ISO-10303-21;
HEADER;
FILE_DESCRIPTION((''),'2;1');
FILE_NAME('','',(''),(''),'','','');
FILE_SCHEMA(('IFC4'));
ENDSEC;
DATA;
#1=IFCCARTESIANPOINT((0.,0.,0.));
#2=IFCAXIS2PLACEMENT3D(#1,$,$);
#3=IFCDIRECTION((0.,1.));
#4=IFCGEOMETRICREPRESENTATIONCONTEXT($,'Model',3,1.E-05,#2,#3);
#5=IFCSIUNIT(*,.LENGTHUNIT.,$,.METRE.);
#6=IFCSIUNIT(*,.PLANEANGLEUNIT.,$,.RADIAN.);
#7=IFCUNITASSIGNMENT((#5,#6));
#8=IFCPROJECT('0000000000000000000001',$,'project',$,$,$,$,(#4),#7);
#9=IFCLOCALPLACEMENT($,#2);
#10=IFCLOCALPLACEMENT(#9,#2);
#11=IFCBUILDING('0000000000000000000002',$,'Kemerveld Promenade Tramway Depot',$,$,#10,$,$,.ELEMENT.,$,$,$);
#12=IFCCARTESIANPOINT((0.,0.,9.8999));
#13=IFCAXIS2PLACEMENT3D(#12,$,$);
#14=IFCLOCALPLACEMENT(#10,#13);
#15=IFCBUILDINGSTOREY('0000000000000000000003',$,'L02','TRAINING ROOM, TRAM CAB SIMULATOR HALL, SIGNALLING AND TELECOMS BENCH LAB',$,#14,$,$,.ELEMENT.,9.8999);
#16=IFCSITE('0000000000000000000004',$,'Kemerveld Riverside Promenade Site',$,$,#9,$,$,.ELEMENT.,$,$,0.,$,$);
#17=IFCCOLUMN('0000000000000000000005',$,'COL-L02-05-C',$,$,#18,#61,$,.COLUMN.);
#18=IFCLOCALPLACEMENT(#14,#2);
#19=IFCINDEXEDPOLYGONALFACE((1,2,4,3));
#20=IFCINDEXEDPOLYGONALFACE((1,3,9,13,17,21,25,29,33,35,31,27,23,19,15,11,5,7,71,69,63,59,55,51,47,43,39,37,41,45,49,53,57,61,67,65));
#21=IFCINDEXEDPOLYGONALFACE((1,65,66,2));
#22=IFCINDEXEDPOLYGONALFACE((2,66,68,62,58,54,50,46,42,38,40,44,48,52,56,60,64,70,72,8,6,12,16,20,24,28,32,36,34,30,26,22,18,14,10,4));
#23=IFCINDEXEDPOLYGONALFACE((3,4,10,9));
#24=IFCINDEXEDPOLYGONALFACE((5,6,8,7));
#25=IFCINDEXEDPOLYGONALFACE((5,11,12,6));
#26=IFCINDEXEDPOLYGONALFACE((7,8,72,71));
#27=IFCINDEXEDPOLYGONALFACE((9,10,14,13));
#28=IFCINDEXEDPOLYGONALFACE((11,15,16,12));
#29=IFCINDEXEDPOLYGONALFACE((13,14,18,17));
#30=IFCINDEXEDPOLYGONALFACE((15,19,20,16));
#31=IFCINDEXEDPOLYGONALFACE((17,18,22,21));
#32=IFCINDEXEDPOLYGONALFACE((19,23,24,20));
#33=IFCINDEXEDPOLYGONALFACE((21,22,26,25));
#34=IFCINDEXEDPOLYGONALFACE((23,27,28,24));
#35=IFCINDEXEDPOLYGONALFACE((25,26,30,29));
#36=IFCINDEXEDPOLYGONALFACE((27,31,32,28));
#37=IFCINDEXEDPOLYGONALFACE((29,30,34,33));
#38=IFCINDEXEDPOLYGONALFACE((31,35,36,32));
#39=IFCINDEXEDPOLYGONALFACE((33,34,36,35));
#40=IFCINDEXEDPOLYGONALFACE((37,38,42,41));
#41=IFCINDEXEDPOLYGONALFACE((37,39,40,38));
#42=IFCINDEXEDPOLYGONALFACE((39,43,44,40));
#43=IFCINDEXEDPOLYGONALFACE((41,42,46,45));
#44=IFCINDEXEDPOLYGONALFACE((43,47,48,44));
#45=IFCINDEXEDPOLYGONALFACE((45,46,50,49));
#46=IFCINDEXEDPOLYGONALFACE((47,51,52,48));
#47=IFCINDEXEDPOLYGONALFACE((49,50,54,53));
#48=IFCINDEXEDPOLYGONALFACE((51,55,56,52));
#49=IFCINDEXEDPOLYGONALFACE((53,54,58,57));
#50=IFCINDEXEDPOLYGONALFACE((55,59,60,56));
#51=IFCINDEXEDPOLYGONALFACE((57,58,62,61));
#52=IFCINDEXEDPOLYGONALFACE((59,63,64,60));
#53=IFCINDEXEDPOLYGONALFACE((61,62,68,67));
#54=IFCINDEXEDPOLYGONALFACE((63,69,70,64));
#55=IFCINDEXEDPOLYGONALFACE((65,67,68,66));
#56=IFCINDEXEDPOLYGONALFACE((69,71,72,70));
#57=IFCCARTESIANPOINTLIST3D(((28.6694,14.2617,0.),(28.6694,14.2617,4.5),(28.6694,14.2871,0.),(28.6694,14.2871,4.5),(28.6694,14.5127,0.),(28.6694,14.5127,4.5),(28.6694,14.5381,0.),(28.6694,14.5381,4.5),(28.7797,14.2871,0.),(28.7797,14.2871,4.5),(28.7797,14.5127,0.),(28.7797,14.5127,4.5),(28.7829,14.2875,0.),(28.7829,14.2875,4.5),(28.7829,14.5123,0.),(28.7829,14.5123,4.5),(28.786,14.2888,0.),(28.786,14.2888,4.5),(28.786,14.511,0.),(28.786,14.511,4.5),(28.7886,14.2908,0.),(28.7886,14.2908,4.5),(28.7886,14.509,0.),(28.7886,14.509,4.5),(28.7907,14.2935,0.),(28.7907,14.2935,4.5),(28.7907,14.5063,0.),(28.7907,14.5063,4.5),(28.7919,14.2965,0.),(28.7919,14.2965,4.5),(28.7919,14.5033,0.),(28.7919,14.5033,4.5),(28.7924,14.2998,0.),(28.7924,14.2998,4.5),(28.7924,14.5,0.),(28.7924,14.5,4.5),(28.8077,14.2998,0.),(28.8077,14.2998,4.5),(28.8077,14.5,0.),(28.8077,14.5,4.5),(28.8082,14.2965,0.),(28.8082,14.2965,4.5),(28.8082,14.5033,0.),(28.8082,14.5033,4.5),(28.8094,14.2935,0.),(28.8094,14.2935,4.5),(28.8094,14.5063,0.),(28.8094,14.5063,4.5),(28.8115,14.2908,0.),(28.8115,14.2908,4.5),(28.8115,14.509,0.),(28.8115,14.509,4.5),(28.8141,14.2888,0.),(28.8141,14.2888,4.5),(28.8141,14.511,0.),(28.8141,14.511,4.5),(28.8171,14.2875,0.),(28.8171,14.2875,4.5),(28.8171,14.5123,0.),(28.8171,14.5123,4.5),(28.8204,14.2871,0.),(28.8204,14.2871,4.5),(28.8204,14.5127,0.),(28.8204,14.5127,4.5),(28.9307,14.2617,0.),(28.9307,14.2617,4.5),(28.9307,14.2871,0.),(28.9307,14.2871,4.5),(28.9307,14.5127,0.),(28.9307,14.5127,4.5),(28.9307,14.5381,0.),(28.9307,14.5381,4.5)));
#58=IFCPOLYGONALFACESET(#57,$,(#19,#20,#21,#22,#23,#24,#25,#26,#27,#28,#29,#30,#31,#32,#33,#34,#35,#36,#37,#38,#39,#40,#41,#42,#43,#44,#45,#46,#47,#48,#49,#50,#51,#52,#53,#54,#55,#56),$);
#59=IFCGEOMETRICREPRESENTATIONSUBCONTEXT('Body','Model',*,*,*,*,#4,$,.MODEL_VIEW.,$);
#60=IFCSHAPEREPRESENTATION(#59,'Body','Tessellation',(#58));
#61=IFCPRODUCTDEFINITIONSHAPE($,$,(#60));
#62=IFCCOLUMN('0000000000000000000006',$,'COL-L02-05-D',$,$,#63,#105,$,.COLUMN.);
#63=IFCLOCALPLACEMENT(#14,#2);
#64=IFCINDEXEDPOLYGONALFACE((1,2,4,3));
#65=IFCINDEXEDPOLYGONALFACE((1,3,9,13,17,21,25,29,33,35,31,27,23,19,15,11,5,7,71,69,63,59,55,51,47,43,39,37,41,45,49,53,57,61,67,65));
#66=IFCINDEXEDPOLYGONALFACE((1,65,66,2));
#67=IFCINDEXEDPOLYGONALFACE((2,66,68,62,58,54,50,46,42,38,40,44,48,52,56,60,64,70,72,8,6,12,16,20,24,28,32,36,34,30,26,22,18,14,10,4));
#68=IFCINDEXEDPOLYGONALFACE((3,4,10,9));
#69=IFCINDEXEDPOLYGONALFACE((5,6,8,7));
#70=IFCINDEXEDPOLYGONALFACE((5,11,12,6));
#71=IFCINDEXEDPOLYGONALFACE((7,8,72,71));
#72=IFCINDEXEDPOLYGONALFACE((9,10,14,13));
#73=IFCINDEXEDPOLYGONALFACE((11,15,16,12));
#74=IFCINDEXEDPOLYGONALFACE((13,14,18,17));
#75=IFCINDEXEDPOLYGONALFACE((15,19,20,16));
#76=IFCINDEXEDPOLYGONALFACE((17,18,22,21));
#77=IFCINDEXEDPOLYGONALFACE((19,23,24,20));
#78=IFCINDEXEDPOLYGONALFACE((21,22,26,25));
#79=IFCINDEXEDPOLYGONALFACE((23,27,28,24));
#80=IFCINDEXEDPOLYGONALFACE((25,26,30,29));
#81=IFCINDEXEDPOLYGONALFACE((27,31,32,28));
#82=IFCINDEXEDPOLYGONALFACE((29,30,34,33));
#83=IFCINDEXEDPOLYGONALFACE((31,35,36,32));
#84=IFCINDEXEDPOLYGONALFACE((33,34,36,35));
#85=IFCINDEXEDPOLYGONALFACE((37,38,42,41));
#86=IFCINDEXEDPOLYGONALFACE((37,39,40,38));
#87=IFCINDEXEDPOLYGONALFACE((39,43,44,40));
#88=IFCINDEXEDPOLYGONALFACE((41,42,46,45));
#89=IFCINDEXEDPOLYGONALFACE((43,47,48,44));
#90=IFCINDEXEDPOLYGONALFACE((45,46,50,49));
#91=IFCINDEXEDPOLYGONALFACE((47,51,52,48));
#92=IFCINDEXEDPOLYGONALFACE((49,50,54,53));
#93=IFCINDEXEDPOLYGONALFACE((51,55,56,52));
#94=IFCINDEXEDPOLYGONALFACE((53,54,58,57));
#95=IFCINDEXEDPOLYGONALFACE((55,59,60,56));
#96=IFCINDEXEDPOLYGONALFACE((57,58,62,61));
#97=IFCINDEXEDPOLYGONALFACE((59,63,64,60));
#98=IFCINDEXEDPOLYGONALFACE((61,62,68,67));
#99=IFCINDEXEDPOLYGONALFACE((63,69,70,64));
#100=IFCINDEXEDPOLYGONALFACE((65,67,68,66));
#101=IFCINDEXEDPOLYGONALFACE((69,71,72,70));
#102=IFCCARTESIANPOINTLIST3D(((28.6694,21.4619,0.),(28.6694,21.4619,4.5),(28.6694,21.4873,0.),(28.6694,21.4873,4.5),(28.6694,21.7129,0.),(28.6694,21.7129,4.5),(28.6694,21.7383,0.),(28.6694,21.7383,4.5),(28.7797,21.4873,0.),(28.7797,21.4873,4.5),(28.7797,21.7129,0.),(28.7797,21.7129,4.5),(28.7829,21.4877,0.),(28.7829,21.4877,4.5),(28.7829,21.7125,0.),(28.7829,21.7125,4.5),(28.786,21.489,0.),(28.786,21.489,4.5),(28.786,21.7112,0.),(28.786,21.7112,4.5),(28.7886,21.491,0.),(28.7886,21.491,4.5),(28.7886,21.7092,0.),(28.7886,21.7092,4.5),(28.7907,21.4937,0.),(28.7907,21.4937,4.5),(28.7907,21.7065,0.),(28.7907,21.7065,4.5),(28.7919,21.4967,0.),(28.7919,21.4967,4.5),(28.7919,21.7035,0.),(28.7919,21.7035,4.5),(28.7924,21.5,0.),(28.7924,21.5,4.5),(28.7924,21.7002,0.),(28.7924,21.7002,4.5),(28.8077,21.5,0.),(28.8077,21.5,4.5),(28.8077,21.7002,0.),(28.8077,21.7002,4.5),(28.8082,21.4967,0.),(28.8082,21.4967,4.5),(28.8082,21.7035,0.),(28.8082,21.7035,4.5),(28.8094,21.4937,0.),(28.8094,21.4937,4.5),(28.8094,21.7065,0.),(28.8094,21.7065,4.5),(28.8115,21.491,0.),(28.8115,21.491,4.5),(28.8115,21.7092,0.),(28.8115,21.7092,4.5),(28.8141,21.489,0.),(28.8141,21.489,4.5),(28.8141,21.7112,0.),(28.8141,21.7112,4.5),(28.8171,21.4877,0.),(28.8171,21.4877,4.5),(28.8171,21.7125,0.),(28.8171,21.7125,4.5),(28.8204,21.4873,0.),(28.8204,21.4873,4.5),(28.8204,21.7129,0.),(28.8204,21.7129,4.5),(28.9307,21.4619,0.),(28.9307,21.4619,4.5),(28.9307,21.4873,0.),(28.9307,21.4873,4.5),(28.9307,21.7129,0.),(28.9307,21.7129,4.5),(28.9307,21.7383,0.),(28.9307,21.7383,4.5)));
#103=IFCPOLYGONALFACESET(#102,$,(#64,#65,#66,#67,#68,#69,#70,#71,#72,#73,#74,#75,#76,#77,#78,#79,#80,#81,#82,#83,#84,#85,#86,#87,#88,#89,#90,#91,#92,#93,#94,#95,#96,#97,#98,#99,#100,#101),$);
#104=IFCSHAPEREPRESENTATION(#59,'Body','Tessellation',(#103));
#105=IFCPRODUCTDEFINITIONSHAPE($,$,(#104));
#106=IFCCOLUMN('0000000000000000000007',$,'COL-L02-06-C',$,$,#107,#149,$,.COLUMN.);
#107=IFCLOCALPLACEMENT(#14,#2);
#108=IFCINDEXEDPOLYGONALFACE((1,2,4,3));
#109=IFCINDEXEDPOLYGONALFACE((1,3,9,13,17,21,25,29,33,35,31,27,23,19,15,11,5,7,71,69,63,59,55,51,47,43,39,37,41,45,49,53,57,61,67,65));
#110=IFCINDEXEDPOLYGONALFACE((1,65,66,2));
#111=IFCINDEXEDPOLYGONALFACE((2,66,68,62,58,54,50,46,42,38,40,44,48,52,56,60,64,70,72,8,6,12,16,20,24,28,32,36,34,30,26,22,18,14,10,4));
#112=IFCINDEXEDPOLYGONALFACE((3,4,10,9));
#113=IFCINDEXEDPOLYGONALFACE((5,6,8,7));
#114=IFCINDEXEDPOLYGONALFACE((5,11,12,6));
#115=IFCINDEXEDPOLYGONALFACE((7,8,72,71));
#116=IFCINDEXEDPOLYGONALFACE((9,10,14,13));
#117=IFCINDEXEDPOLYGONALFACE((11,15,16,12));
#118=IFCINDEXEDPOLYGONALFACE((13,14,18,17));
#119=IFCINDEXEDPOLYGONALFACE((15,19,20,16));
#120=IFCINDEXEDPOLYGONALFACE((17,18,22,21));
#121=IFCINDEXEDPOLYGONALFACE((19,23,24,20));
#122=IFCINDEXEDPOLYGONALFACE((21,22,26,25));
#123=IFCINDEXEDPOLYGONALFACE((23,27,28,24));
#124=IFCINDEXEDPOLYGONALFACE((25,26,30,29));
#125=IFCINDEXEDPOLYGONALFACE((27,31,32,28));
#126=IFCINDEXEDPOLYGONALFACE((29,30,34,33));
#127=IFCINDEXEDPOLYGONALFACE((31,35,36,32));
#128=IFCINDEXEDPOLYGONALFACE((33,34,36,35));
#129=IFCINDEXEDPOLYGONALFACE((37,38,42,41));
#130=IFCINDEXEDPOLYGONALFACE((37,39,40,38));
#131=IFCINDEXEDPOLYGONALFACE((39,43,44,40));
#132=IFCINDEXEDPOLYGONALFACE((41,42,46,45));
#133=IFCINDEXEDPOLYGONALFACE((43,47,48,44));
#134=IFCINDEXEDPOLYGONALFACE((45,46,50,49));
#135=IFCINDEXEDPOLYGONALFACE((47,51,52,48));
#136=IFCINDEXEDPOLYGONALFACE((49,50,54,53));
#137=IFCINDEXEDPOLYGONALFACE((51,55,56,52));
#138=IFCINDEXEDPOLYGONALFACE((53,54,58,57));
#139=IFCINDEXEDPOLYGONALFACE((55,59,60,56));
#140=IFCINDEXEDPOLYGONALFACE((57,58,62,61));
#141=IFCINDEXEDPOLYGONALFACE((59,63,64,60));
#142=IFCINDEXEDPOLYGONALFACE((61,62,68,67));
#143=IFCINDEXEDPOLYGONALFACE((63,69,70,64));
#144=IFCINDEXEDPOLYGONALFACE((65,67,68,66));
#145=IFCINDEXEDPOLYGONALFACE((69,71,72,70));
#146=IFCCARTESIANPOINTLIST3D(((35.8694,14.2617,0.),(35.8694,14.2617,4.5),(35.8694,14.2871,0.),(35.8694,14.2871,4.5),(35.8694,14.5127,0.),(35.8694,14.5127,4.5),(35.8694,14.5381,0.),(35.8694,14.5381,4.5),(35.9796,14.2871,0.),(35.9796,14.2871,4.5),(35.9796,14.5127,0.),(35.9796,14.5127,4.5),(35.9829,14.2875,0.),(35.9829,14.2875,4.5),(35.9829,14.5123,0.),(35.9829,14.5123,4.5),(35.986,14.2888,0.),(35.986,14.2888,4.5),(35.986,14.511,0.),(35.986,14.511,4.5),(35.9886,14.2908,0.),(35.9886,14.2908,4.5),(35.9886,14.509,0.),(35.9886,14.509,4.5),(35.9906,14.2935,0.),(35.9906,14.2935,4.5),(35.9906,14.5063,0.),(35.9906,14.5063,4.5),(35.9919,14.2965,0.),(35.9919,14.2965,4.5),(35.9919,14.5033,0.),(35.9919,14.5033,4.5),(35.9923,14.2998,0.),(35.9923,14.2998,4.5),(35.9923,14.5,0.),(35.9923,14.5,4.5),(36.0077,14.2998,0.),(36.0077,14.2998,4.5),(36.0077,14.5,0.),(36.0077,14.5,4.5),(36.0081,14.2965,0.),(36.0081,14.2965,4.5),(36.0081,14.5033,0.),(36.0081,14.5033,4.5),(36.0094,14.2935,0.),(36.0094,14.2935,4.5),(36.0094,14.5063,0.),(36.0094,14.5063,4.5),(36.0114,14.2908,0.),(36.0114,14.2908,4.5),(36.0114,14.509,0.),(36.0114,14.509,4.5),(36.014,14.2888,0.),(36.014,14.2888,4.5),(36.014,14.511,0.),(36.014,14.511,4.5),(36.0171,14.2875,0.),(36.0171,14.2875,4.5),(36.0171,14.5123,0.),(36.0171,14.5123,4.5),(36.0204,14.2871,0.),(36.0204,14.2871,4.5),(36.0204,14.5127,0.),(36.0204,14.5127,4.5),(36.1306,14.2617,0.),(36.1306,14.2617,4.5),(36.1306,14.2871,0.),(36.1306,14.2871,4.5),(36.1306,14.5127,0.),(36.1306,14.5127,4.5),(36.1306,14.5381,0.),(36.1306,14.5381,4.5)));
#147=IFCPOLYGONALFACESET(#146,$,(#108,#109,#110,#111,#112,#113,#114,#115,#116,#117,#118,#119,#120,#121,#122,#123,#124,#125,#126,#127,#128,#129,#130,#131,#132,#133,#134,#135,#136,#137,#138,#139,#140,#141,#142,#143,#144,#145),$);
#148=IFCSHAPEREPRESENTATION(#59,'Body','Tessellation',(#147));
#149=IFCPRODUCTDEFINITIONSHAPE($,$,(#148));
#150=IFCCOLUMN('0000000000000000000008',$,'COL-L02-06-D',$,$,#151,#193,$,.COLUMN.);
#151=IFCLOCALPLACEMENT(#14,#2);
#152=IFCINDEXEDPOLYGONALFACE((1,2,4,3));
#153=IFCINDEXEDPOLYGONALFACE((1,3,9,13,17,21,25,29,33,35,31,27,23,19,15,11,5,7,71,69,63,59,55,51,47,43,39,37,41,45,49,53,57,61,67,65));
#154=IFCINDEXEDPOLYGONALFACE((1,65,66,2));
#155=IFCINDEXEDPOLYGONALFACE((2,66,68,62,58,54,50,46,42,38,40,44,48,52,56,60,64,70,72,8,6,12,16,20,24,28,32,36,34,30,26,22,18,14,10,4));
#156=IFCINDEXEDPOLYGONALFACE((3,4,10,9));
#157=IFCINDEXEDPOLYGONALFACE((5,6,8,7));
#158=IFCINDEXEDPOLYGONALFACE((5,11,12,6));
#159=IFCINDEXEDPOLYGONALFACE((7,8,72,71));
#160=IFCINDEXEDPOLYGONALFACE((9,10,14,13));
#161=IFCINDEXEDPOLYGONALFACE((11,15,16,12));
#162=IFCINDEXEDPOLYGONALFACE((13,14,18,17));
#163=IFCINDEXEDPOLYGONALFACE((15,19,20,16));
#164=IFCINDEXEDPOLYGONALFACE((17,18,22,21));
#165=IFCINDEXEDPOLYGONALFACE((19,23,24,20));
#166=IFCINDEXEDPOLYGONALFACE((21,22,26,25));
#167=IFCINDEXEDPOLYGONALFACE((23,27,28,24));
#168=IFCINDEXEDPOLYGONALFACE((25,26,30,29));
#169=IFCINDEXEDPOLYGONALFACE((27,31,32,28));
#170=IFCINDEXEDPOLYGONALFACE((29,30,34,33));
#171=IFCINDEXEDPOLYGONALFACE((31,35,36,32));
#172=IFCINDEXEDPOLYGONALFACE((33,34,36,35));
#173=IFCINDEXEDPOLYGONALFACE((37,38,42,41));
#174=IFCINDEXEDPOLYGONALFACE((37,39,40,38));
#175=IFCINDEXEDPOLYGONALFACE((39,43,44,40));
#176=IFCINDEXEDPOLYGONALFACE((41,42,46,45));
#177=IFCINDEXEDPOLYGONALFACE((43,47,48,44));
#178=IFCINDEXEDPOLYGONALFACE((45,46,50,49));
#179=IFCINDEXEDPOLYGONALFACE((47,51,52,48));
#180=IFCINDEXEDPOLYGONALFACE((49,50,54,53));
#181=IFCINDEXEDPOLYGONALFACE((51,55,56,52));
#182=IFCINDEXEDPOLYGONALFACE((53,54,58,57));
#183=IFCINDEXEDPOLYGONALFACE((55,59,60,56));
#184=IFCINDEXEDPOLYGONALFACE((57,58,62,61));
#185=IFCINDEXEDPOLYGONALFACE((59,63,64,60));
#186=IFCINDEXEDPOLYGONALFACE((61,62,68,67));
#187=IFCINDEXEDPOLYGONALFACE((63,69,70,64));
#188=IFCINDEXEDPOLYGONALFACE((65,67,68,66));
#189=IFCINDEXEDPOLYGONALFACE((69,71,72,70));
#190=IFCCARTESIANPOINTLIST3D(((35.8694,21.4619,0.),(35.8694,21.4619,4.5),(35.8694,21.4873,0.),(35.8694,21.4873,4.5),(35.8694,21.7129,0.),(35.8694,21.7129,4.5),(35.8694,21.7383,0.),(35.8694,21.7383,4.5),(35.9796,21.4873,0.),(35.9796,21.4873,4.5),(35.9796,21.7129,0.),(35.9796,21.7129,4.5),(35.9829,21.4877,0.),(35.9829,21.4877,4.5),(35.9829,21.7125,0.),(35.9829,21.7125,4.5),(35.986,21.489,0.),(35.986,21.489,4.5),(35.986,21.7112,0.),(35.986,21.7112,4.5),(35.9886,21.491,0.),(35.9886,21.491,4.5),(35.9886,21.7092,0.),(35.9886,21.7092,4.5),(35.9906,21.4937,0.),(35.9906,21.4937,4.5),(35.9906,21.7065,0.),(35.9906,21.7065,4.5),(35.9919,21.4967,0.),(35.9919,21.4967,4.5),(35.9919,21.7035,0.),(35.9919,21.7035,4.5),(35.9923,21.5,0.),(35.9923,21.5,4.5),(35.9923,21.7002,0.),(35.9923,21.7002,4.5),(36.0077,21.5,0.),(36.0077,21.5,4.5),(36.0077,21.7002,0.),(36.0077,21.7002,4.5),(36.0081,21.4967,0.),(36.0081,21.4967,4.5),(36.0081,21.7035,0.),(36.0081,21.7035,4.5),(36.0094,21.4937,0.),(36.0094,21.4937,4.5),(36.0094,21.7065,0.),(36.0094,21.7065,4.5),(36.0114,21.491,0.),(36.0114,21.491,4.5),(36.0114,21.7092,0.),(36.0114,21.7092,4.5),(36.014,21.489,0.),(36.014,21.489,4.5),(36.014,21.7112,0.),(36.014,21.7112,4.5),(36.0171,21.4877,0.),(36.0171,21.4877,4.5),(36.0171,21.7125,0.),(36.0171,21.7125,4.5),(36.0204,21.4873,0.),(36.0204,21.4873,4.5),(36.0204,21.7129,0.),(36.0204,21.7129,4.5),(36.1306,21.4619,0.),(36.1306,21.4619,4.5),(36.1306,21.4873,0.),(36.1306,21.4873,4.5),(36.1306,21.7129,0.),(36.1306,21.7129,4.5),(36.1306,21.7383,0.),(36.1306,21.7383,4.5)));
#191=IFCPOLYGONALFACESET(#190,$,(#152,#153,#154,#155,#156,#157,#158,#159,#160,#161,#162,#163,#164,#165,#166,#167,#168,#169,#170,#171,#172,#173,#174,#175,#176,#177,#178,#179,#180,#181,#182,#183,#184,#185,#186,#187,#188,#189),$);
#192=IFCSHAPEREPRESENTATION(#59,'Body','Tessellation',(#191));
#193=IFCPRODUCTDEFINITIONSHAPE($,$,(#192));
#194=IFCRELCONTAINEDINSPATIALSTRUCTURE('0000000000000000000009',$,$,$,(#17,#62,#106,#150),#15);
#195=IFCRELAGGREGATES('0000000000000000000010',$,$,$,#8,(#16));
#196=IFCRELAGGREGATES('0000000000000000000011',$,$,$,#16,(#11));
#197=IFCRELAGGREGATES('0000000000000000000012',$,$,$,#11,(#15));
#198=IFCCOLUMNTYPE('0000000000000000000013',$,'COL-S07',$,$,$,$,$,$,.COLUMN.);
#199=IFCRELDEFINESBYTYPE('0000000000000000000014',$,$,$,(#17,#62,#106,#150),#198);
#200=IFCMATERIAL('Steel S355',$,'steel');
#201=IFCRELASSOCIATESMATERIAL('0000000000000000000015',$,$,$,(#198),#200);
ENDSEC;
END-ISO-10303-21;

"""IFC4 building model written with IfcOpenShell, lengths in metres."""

from ifc_helpers import new_model, si_unit, direction, frame, origin, origin_2d, place, context, subcontext, project, spatial, i_section, extrude, material, material_profile, profile_set, type_object, element, save


model = new_model("IFC4")

# Units and contexts
model_context = context("Model", 3, precision=1e-05, world=origin(), true_north=direction((0.0, 1.0)))
body_context = subcontext(model_context, "Body", "Model", "MODEL_VIEW")
ifc_project = project(units=[si_unit("LENGTHUNIT", "METRE"), si_unit("PLANEANGLEUNIT", "RADIAN")], contexts=[model_context])

# Site, building, storey
site_placement = place(None, origin())
site = spatial("IfcSite", under=ifc_project, at=site_placement, Name="Kemerveld Riverside Promenade Site", CompositionType="ELEMENT", RefElevation=0.0)
building_placement = place(site_placement, origin())
building = spatial("IfcBuilding", under=site, at=building_placement, Name="Kemerveld Promenade Tramway Depot", CompositionType="ELEMENT")
storey_placement = place(building_placement, frame((0.0, 0.0, 9.8999)))
storey = spatial("IfcBuildingStorey", under=building, at=storey_placement, Name="L02", Description="TRAINING ROOM, TRAM CAB SIMULATOR HALL, SIGNALLING AND TELECOMS BENCH LAB", CompositionType="ELEMENT", Elevation=9.8999)

# Columns
ifc_material_1 = material(Name="Steel S355", Category="steel")
ifc_material_profile_1 = material_profile(ifc_material_1, i_section(OverallWidth=0.2612, OverallDepth=0.2764, WebThickness=0.0154, FlangeThickness=0.0254, FilletRadius=0.0127, at=origin_2d()), Name="254x254x132 UC")
ifc_profile_set_1 = profile_set([ifc_material_profile_1], Name="Steel S355")
column_type = type_object("IfcColumnType", Name="COL-S07", PredefinedType="COLUMN", material=ifc_profile_set_1)
for number, where, z_axis, x_axis, name in (
    (1, (28.8, 14.3999, 0.0), (0.0, 0.0, 1.0), (1.0, 0.0, 0.0), "COL-L02-05-C"),
    (2, (28.8, 21.6001, 0.0), (0.0, 0.0, 1.0), (1.0, 0.0, 0.0), "COL-L02-05-D"),
    (3, (36.0, 14.3999, 0.0), (0.0, 0.0, 1.0), (1.0, 0.0, 0.0), "COL-L02-06-C"),
    (4, (36.0, 21.6001, 0.0), (0.0, 0.0, 1.0), (1.0, 0.0, 0.0), "COL-L02-06-D"),
):
    element("IfcColumn", number, at=place(storey_placement, frame(where, z_axis=z_axis, x_axis=x_axis)), inside=storey, type_object=column_type, Name=name, PredefinedType="COLUMN", context=body_context, shape_type="SweptSolid", body=[
        extrude(i_section(OverallWidth=0.2612, OverallDepth=0.2764, WebThickness=0.0154, FlangeThickness=0.0254, FilletRadius=0.0127, at=origin_2d()), origin(), (0.0, 0.0, 1.0), 4.5),
    ])

save(model, "model.ifc")
